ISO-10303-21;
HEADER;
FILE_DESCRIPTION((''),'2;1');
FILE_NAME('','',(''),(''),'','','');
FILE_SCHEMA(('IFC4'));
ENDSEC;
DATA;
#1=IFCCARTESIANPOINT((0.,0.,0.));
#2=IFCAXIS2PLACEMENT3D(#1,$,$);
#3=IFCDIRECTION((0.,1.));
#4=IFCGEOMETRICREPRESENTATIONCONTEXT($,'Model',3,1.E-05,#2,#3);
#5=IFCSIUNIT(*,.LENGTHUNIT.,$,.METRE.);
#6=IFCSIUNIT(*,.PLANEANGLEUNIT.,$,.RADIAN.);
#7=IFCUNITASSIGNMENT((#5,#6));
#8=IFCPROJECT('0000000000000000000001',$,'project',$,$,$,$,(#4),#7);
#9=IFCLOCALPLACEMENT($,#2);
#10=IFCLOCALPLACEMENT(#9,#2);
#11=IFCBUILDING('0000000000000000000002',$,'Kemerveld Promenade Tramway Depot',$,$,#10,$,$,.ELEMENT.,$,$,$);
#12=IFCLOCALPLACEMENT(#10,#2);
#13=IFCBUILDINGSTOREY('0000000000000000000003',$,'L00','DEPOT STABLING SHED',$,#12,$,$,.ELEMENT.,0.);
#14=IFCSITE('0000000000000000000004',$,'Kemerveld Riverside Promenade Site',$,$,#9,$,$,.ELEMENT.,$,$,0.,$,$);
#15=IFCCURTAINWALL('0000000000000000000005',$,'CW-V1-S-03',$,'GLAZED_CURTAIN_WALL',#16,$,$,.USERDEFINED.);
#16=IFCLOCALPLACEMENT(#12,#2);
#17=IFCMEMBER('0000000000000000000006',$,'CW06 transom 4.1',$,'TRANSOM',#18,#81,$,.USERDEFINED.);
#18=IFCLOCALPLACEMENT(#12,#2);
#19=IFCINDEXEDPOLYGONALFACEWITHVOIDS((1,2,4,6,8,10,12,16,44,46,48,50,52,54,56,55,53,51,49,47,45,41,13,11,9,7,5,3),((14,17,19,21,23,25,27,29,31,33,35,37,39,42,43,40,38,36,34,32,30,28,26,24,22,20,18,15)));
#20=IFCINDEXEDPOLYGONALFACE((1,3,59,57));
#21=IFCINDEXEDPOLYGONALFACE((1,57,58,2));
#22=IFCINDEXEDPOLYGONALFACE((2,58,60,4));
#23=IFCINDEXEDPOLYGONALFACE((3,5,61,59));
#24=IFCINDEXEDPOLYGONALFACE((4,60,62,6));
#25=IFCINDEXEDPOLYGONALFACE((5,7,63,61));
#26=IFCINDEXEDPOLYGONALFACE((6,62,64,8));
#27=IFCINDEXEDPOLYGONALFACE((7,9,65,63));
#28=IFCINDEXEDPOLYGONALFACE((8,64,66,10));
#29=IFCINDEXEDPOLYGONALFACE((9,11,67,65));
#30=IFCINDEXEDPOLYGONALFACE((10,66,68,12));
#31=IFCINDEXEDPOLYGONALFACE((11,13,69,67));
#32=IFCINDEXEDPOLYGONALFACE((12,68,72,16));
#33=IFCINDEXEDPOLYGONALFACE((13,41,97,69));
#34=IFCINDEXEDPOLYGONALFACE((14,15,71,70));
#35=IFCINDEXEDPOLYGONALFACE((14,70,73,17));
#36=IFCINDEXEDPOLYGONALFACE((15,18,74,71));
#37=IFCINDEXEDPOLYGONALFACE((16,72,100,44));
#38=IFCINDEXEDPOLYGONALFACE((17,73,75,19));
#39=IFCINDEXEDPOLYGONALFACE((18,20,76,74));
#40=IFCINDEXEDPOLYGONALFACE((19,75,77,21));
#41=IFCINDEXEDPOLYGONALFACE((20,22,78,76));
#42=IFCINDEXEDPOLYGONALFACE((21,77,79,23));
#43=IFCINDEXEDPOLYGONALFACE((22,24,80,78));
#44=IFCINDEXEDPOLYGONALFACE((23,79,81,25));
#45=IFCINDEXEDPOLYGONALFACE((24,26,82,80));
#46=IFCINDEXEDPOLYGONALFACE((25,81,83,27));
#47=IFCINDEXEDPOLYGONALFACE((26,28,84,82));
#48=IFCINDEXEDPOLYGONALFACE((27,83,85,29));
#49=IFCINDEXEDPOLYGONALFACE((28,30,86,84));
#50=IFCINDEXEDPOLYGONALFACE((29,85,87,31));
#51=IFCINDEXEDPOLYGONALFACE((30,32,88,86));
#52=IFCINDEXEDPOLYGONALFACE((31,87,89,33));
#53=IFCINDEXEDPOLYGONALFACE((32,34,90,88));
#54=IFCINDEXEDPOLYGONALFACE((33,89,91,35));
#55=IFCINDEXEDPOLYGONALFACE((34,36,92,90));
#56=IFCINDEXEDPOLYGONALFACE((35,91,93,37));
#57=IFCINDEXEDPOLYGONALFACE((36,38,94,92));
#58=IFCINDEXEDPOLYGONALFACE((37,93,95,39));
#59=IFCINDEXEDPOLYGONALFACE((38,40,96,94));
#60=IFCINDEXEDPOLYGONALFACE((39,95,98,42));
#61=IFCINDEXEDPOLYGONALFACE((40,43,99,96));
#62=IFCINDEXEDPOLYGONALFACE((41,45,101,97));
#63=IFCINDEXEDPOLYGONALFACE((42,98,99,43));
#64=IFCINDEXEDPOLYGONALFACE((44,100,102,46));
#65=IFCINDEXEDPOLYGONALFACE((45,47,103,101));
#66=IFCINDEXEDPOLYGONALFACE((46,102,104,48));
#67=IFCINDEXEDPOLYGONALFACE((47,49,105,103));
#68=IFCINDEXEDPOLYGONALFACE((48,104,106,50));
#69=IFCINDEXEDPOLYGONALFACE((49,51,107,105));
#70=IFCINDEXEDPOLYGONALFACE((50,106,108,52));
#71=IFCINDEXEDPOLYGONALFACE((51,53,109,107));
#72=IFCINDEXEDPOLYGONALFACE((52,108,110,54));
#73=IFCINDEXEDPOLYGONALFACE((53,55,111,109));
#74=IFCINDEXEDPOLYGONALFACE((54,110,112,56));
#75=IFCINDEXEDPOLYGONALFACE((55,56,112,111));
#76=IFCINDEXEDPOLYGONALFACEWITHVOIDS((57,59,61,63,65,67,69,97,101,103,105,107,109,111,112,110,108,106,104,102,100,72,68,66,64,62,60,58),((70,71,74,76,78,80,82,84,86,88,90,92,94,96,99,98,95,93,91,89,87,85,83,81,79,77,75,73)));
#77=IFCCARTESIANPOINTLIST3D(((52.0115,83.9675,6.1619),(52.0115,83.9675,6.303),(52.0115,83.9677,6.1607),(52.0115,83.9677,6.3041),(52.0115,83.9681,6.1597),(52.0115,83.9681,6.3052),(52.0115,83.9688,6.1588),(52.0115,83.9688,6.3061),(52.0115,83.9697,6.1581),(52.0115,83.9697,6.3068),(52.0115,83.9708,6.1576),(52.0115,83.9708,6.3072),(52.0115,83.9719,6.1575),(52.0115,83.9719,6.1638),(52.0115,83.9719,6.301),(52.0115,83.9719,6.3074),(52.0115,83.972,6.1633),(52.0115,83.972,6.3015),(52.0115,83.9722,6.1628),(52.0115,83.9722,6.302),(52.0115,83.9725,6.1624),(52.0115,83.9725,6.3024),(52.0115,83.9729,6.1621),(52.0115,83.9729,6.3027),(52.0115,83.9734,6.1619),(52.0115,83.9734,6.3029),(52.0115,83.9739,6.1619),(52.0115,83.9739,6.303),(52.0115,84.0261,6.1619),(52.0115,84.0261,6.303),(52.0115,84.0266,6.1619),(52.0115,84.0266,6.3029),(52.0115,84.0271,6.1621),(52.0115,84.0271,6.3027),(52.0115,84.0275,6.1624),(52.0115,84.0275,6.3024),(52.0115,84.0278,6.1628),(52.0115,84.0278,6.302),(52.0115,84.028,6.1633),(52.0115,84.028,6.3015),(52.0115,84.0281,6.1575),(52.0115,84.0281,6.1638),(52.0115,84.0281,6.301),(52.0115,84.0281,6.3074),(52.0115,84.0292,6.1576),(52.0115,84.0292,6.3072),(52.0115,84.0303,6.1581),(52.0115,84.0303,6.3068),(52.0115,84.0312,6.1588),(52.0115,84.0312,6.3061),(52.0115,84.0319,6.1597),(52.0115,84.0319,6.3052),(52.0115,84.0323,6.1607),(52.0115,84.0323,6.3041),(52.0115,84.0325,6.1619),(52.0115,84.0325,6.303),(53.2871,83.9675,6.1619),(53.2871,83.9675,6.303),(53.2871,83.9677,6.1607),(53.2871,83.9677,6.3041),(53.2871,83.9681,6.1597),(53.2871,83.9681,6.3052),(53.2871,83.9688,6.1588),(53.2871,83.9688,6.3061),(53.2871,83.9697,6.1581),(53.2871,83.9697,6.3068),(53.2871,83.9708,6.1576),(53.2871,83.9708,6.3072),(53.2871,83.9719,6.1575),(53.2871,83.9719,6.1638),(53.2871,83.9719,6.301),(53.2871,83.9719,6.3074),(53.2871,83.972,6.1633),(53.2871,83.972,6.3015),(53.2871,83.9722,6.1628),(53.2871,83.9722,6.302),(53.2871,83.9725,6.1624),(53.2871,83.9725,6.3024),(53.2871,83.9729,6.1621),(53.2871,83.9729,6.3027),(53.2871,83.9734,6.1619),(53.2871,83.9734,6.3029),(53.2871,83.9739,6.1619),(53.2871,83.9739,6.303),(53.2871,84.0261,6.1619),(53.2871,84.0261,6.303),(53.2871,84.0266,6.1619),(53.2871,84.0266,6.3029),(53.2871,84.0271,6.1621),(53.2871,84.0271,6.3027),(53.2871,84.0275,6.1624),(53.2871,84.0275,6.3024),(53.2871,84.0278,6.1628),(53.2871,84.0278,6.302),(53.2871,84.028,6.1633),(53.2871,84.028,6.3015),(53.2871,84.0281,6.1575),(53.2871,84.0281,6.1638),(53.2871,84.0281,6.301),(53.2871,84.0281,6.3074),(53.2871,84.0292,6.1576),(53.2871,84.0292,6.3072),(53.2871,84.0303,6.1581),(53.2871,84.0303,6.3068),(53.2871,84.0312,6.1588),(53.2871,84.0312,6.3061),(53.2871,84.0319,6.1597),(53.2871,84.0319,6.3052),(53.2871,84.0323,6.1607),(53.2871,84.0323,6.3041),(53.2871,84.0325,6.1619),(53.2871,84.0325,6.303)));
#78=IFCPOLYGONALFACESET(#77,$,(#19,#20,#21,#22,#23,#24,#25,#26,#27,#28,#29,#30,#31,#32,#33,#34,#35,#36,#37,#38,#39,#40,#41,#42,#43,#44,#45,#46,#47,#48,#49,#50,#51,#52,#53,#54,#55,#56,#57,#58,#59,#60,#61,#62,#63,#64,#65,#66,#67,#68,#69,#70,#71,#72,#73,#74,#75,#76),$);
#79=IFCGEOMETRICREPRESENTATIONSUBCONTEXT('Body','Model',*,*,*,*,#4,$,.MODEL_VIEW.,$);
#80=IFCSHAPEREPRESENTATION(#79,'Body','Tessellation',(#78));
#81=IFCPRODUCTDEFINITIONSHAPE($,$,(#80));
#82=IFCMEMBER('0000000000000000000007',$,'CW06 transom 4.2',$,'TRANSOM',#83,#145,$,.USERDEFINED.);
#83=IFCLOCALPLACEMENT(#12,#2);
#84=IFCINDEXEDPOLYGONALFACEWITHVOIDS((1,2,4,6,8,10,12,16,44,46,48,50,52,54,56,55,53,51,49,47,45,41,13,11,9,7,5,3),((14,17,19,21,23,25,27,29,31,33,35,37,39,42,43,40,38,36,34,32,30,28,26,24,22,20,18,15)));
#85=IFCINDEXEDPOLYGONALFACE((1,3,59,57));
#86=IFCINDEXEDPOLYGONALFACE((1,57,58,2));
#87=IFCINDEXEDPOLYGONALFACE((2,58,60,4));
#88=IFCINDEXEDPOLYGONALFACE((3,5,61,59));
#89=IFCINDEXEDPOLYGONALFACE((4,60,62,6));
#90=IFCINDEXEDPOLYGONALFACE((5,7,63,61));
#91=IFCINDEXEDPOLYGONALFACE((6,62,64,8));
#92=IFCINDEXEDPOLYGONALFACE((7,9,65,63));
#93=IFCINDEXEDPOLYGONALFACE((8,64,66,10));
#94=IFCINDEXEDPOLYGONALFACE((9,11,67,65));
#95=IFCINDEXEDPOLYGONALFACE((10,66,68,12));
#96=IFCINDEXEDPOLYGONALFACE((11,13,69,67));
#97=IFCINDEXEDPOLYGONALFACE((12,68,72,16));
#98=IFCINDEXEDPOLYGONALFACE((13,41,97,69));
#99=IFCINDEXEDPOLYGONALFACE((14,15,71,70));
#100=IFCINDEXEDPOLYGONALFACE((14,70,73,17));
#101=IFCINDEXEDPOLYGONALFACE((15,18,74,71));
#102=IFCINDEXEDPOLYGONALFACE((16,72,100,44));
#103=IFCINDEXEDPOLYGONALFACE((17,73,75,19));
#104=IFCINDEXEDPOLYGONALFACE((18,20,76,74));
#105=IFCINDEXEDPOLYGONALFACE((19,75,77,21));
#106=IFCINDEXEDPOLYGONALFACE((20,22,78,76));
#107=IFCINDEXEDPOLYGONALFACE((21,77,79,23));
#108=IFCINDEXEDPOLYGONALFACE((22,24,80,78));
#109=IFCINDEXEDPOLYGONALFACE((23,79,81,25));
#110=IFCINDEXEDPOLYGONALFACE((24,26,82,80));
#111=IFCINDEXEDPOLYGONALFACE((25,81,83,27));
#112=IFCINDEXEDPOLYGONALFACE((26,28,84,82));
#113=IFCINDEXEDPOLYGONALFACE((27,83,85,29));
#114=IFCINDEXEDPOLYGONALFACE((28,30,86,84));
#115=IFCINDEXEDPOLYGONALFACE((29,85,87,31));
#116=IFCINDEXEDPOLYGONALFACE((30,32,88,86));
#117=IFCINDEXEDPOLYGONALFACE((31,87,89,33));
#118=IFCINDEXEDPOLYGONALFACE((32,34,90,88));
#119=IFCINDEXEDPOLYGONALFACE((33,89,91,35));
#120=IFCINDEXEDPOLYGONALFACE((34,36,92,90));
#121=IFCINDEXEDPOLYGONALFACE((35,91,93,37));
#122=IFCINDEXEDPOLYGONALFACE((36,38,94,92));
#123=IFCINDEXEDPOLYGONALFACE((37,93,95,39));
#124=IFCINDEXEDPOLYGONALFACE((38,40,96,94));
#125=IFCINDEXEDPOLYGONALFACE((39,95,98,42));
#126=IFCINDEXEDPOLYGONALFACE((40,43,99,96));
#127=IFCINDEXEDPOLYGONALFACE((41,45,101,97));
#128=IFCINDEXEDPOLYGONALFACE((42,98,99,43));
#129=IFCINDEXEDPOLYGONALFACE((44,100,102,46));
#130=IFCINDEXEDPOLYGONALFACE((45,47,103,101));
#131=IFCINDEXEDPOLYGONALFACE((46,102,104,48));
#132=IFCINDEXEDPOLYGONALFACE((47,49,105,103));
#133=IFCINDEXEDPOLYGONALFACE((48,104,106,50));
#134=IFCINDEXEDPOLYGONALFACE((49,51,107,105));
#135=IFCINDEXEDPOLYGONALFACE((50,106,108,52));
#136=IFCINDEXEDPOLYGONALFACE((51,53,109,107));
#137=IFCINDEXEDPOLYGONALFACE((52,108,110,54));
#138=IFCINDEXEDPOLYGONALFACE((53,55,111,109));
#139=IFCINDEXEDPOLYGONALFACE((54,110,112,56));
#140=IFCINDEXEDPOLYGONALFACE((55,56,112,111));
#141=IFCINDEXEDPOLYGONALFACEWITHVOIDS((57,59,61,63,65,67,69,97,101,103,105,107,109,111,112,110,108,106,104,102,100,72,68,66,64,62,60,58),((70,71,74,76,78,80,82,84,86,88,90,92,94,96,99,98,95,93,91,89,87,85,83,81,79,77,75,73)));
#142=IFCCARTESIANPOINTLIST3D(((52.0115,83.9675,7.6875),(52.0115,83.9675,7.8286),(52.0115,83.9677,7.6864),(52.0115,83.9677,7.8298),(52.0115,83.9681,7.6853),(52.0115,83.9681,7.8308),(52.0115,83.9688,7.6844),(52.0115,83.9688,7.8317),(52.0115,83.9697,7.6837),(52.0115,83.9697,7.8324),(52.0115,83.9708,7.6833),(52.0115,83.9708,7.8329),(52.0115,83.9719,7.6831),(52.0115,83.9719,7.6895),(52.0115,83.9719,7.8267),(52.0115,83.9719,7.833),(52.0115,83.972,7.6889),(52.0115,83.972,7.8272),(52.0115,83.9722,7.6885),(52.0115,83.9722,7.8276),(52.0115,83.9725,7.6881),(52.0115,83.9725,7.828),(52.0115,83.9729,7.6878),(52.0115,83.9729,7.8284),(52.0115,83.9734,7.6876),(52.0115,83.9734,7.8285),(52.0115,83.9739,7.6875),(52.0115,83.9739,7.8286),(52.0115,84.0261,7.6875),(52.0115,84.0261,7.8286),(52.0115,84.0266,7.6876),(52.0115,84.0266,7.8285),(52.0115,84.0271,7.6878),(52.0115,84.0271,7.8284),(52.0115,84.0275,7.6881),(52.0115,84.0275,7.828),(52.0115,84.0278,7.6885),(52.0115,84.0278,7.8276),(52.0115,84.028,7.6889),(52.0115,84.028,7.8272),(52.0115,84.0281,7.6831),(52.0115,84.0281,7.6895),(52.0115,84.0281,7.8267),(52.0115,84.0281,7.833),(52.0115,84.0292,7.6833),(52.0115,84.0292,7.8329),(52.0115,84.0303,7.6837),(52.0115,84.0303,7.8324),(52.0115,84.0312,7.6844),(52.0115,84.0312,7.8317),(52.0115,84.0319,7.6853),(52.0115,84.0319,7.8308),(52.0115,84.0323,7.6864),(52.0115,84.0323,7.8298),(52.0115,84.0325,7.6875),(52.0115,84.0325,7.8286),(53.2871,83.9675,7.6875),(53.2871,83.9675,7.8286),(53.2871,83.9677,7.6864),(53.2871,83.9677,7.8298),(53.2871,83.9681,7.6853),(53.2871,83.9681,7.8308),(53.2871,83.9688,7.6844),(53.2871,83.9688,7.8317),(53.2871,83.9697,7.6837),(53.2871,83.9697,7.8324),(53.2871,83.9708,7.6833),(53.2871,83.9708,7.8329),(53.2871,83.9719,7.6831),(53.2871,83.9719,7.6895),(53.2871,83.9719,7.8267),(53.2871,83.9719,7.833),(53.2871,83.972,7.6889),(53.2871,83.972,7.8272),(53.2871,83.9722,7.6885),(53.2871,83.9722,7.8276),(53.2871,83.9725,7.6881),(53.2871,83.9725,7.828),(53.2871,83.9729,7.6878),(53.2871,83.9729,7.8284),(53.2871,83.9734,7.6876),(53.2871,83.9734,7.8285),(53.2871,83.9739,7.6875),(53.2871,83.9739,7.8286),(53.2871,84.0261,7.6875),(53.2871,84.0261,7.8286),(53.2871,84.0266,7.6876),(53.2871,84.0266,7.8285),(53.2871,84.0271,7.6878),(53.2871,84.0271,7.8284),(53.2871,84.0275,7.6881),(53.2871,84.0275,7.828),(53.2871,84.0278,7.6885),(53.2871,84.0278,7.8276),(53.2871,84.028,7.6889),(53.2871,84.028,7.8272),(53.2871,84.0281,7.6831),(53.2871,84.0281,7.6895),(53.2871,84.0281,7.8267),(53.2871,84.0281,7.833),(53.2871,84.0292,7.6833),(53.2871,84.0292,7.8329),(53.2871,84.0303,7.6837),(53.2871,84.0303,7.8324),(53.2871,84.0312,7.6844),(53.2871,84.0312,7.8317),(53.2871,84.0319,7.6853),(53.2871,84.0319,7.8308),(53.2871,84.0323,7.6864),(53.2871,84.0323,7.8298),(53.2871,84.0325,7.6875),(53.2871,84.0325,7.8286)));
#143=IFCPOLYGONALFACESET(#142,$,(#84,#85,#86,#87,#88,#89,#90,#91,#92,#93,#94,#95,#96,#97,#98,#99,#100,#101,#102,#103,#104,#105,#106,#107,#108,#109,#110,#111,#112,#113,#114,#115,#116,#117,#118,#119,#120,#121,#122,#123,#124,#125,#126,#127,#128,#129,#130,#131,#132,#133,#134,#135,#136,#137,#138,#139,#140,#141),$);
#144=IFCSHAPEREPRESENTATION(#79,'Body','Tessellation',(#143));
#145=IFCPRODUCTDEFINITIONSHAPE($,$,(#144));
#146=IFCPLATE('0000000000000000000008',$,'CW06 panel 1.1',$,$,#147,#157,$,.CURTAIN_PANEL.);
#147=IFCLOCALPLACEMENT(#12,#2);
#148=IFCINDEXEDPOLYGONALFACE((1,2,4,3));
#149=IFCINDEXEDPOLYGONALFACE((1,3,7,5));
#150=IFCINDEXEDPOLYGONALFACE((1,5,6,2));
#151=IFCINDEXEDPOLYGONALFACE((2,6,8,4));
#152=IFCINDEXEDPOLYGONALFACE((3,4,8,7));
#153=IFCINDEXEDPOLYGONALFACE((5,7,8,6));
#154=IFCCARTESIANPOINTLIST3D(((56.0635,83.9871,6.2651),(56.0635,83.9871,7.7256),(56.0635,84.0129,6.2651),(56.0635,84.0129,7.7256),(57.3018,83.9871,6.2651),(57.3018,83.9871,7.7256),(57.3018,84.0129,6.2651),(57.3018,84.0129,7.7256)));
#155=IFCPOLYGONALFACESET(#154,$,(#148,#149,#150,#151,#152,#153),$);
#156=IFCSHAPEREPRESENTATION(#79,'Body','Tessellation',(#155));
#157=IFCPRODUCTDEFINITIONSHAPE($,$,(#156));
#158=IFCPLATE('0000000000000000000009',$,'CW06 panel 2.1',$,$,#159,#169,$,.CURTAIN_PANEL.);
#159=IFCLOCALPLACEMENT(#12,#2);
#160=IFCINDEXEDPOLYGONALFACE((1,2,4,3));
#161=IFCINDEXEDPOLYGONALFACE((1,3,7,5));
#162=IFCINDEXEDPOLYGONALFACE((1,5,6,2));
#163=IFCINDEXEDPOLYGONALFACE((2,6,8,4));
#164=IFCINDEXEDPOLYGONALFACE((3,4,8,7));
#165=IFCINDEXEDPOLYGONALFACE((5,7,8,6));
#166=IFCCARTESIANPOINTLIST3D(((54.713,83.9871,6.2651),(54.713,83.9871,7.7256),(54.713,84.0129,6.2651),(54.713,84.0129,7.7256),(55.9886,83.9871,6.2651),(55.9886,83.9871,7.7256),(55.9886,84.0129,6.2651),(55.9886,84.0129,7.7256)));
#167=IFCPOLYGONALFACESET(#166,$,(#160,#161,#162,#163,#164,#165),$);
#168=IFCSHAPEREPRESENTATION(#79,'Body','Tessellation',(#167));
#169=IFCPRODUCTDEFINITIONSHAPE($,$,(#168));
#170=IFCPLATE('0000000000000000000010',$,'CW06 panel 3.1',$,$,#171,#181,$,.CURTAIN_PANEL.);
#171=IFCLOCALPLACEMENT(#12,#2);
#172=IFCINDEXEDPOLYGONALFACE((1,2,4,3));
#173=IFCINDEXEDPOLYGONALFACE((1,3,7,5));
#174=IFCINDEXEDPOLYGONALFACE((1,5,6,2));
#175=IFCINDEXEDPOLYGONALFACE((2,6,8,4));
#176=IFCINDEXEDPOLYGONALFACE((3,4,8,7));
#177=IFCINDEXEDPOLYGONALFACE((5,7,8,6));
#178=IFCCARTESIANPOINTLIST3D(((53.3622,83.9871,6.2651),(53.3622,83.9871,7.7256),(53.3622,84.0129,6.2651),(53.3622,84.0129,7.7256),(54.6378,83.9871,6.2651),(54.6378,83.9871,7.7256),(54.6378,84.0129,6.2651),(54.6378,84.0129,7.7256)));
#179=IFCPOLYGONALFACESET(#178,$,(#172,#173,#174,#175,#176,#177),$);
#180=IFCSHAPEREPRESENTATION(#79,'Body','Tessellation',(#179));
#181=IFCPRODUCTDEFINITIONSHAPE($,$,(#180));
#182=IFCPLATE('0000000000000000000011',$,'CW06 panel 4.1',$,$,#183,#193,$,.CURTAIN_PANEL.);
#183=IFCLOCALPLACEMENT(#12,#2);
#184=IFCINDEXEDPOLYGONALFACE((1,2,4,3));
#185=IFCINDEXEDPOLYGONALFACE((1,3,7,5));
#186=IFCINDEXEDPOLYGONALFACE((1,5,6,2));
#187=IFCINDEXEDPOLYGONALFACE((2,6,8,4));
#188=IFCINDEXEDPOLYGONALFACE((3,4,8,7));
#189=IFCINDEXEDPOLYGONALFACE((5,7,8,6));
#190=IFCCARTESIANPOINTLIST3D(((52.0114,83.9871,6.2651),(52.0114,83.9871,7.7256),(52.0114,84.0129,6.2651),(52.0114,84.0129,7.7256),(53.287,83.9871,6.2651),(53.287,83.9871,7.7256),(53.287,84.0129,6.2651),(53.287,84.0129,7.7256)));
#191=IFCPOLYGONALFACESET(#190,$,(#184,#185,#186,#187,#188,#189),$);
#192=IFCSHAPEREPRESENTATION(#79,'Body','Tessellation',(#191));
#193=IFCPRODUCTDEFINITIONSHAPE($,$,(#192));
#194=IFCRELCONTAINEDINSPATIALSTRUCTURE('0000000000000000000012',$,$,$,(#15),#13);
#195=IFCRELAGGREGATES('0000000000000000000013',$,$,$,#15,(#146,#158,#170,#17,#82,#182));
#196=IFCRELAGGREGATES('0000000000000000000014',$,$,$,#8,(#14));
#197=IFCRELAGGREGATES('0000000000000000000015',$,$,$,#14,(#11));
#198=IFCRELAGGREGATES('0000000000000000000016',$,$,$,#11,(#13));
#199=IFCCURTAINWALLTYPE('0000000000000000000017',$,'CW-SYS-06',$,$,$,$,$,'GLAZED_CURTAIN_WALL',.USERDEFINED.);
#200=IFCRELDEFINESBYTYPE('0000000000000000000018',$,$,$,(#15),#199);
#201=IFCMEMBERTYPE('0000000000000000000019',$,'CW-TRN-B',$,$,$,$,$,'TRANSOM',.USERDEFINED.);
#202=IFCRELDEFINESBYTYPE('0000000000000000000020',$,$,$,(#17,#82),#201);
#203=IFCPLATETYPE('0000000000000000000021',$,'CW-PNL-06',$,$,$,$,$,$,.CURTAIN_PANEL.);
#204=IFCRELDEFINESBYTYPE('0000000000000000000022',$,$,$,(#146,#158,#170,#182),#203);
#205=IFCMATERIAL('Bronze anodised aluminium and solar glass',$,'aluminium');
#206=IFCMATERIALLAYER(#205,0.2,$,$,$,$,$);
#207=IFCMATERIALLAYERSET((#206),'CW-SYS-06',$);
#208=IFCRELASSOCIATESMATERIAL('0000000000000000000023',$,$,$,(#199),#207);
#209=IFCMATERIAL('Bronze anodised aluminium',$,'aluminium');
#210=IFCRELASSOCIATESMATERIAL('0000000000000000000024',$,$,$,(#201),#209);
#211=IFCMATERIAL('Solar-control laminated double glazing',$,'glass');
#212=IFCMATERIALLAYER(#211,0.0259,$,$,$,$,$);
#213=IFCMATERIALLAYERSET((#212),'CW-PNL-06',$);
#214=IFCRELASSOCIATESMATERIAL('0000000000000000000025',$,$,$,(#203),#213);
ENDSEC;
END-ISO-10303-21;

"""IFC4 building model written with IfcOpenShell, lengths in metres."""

from ifc_helpers import new_model, si_unit, direction, frame, origin, origin_2d, place, context, subcontext, project, spatial, rectangle, hollow_rectangle, extrude, material, layer, layer_set, material_profile, profile_set, type_object, element, aggregate, save


model = new_model("IFC4")

# Units and contexts
model_context = context("Model", 3, precision=1e-05, world=origin(), true_north=direction((0.0, 1.0)))
body_context = subcontext(model_context, "Body", "Model", "MODEL_VIEW")
ifc_project = project(units=[si_unit("LENGTHUNIT", "METRE"), si_unit("PLANEANGLEUNIT", "RADIAN")], contexts=[model_context])

# Site, building, storey
site_placement = place(None, origin())
site = spatial("IfcSite", under=ifc_project, at=site_placement, Name="Kemerveld Riverside Promenade Site", CompositionType="ELEMENT", RefElevation=0.0)
building_placement = place(site_placement, origin())
building = spatial("IfcBuilding", under=site, at=building_placement, Name="Kemerveld Promenade Tramway Depot", CompositionType="ELEMENT")
storey_placement = place(building_placement, origin())
storey = spatial("IfcBuildingStorey", under=building, at=storey_placement, Name="L00", Description="DEPOT STABLING SHED", CompositionType="ELEMENT", Elevation=0.0)

# Curtain wall
ifc_material_1 = material(Name="Bronze anodised aluminium and solar glass", Category="aluminium")
ifc_material_2 = material(Name="Bronze anodised aluminium", Category="aluminium")
ifc_layer_1 = layer(ifc_material_1, 0.2)
ifc_layer_set_1 = layer_set([ifc_layer_1], Name="CW-SYS-06")
curtain_wall_type_1 = type_object("IfcCurtainWallType", Name="CW-SYS-06", ElementType="GLAZED_CURTAIN_WALL", PredefinedType="USERDEFINED", material=ifc_layer_set_1)
curtain_wall_1_placement = place(storey_placement, origin())
curtain_wall_1 = element("IfcCurtainWall", 1, at=curtain_wall_1_placement, inside=storey, type_object=curtain_wall_type_1, Name="CW-V1-S-03", ObjectType="GLAZED_CURTAIN_WALL", PredefinedType="USERDEFINED")

# Members
ifc_material_profile_1 = material_profile(ifc_material_2, hollow_rectangle(XDim=0.0649, YDim=0.1499, WallThickness=0.0044, InnerFilletRadius=0.002, OuterFilletRadius=0.0044, at=origin_2d()), Name="CW-TRN-150x65")
ifc_profile_set_1 = profile_set([ifc_material_profile_1], Name="Bronze anodised aluminium")
member_type_1 = type_object("IfcMemberType", Name="CW-TRN-B", ElementType="TRANSOM", PredefinedType="USERDEFINED", material=ifc_profile_set_1)
member_1_placement = place(storey_placement, frame((53.2871, 84.0, 6.2324), z_axis=(-1.0, 0.0, 0.0), x_axis=(0.0, -1.0, 0.0)))
member_1 = element("IfcMember", 2, at=member_1_placement, type_object=member_type_1, Name="CW06 transom 4.1", ObjectType="TRANSOM", PredefinedType="USERDEFINED", context=body_context, shape_type="SweptSolid", body=[
    extrude(hollow_rectangle(XDim=0.0649, YDim=0.1499, WallThickness=0.0044, InnerFilletRadius=0.002, OuterFilletRadius=0.0044, at=origin_2d()), origin(), (0.0, 0.0, 1.0), 1.2756),
])
member_2_placement = place(storey_placement, frame((53.2871, 84.0, 7.7581), z_axis=(-1.0, 0.0, 0.0), x_axis=(0.0, -1.0, 0.0)))
member_2 = element("IfcMember", 3, at=member_2_placement, type_object=member_type_1, Name="CW06 transom 4.2", ObjectType="TRANSOM", PredefinedType="USERDEFINED", context=body_context, shape_type="SweptSolid", body=[
    extrude(hollow_rectangle(XDim=0.0649, YDim=0.1499, WallThickness=0.0044, InnerFilletRadius=0.002, OuterFilletRadius=0.0044, at=origin_2d()), origin(), (0.0, 0.0, 1.0), 1.2756),
])

# Plates
ifc_material_3 = material(Name="Solar-control laminated double glazing", Category="glass")
ifc_layer_2 = layer(ifc_material_3, 0.0259)
ifc_layer_set_2 = layer_set([ifc_layer_2], Name="CW-PNL-06")
plate_type_1 = type_object("IfcPlateType", Name="CW-PNL-06", PredefinedType="CURTAIN_PANEL", material=ifc_layer_set_2)
plate_1_placement = place(storey_placement, frame((56.6826, 84.0, 6.2651), z_axis=(0.0, 0.0, 1.0), x_axis=(-1.0, 0.0, 0.0)))
plate_1 = element("IfcPlate", 4, at=plate_1_placement, type_object=plate_type_1, Name="CW06 panel 1.1", PredefinedType="CURTAIN_PANEL", context=body_context, shape_type="SweptSolid", body=[
    extrude(rectangle(XDim=1.2383, YDim=0.0259, at=origin_2d()), origin(), (0.0, 0.0, 1.0), 1.4604),
])
plate_2_placement = place(storey_placement, frame((55.3508, 84.0, 6.2651), z_axis=(0.0, 0.0, 1.0), x_axis=(-1.0, 0.0, 0.0)))
plate_2 = element("IfcPlate", 5, at=plate_2_placement, type_object=plate_type_1, Name="CW06 panel 2.1", PredefinedType="CURTAIN_PANEL", context=body_context, shape_type="SweptSolid", body=[
    extrude(rectangle(XDim=1.2756, YDim=0.0259, at=origin_2d()), origin(), (0.0, 0.0, 1.0), 1.4604),
])
plate_3_placement = place(storey_placement, frame((54.0, 84.0, 6.2651), z_axis=(0.0, 0.0, 1.0), x_axis=(-1.0, 0.0, 0.0)))
plate_3 = element("IfcPlate", 6, at=plate_3_placement, type_object=plate_type_1, Name="CW06 panel 3.1", PredefinedType="CURTAIN_PANEL", context=body_context, shape_type="SweptSolid", body=[
    extrude(rectangle(XDim=1.2756, YDim=0.0259, at=origin_2d()), origin(), (0.0, 0.0, 1.0), 1.4604),
])
plate_4_placement = place(storey_placement, frame((52.6492, 84.0, 6.2651), z_axis=(0.0, 0.0, 1.0), x_axis=(-1.0, 0.0, 0.0)))
plate_4 = element("IfcPlate", 7, at=plate_4_placement, type_object=plate_type_1, Name="CW06 panel 4.1", PredefinedType="CURTAIN_PANEL", context=body_context, shape_type="SweptSolid", body=[
    extrude(rectangle(XDim=1.2756, YDim=0.0259, at=origin_2d()), origin(), (0.0, 0.0, 1.0), 1.4604),
])
aggregate(curtain_wall_1, [plate_1, plate_2, plate_3, member_1, member_2, plate_4])

save(model, "model.ifc")
